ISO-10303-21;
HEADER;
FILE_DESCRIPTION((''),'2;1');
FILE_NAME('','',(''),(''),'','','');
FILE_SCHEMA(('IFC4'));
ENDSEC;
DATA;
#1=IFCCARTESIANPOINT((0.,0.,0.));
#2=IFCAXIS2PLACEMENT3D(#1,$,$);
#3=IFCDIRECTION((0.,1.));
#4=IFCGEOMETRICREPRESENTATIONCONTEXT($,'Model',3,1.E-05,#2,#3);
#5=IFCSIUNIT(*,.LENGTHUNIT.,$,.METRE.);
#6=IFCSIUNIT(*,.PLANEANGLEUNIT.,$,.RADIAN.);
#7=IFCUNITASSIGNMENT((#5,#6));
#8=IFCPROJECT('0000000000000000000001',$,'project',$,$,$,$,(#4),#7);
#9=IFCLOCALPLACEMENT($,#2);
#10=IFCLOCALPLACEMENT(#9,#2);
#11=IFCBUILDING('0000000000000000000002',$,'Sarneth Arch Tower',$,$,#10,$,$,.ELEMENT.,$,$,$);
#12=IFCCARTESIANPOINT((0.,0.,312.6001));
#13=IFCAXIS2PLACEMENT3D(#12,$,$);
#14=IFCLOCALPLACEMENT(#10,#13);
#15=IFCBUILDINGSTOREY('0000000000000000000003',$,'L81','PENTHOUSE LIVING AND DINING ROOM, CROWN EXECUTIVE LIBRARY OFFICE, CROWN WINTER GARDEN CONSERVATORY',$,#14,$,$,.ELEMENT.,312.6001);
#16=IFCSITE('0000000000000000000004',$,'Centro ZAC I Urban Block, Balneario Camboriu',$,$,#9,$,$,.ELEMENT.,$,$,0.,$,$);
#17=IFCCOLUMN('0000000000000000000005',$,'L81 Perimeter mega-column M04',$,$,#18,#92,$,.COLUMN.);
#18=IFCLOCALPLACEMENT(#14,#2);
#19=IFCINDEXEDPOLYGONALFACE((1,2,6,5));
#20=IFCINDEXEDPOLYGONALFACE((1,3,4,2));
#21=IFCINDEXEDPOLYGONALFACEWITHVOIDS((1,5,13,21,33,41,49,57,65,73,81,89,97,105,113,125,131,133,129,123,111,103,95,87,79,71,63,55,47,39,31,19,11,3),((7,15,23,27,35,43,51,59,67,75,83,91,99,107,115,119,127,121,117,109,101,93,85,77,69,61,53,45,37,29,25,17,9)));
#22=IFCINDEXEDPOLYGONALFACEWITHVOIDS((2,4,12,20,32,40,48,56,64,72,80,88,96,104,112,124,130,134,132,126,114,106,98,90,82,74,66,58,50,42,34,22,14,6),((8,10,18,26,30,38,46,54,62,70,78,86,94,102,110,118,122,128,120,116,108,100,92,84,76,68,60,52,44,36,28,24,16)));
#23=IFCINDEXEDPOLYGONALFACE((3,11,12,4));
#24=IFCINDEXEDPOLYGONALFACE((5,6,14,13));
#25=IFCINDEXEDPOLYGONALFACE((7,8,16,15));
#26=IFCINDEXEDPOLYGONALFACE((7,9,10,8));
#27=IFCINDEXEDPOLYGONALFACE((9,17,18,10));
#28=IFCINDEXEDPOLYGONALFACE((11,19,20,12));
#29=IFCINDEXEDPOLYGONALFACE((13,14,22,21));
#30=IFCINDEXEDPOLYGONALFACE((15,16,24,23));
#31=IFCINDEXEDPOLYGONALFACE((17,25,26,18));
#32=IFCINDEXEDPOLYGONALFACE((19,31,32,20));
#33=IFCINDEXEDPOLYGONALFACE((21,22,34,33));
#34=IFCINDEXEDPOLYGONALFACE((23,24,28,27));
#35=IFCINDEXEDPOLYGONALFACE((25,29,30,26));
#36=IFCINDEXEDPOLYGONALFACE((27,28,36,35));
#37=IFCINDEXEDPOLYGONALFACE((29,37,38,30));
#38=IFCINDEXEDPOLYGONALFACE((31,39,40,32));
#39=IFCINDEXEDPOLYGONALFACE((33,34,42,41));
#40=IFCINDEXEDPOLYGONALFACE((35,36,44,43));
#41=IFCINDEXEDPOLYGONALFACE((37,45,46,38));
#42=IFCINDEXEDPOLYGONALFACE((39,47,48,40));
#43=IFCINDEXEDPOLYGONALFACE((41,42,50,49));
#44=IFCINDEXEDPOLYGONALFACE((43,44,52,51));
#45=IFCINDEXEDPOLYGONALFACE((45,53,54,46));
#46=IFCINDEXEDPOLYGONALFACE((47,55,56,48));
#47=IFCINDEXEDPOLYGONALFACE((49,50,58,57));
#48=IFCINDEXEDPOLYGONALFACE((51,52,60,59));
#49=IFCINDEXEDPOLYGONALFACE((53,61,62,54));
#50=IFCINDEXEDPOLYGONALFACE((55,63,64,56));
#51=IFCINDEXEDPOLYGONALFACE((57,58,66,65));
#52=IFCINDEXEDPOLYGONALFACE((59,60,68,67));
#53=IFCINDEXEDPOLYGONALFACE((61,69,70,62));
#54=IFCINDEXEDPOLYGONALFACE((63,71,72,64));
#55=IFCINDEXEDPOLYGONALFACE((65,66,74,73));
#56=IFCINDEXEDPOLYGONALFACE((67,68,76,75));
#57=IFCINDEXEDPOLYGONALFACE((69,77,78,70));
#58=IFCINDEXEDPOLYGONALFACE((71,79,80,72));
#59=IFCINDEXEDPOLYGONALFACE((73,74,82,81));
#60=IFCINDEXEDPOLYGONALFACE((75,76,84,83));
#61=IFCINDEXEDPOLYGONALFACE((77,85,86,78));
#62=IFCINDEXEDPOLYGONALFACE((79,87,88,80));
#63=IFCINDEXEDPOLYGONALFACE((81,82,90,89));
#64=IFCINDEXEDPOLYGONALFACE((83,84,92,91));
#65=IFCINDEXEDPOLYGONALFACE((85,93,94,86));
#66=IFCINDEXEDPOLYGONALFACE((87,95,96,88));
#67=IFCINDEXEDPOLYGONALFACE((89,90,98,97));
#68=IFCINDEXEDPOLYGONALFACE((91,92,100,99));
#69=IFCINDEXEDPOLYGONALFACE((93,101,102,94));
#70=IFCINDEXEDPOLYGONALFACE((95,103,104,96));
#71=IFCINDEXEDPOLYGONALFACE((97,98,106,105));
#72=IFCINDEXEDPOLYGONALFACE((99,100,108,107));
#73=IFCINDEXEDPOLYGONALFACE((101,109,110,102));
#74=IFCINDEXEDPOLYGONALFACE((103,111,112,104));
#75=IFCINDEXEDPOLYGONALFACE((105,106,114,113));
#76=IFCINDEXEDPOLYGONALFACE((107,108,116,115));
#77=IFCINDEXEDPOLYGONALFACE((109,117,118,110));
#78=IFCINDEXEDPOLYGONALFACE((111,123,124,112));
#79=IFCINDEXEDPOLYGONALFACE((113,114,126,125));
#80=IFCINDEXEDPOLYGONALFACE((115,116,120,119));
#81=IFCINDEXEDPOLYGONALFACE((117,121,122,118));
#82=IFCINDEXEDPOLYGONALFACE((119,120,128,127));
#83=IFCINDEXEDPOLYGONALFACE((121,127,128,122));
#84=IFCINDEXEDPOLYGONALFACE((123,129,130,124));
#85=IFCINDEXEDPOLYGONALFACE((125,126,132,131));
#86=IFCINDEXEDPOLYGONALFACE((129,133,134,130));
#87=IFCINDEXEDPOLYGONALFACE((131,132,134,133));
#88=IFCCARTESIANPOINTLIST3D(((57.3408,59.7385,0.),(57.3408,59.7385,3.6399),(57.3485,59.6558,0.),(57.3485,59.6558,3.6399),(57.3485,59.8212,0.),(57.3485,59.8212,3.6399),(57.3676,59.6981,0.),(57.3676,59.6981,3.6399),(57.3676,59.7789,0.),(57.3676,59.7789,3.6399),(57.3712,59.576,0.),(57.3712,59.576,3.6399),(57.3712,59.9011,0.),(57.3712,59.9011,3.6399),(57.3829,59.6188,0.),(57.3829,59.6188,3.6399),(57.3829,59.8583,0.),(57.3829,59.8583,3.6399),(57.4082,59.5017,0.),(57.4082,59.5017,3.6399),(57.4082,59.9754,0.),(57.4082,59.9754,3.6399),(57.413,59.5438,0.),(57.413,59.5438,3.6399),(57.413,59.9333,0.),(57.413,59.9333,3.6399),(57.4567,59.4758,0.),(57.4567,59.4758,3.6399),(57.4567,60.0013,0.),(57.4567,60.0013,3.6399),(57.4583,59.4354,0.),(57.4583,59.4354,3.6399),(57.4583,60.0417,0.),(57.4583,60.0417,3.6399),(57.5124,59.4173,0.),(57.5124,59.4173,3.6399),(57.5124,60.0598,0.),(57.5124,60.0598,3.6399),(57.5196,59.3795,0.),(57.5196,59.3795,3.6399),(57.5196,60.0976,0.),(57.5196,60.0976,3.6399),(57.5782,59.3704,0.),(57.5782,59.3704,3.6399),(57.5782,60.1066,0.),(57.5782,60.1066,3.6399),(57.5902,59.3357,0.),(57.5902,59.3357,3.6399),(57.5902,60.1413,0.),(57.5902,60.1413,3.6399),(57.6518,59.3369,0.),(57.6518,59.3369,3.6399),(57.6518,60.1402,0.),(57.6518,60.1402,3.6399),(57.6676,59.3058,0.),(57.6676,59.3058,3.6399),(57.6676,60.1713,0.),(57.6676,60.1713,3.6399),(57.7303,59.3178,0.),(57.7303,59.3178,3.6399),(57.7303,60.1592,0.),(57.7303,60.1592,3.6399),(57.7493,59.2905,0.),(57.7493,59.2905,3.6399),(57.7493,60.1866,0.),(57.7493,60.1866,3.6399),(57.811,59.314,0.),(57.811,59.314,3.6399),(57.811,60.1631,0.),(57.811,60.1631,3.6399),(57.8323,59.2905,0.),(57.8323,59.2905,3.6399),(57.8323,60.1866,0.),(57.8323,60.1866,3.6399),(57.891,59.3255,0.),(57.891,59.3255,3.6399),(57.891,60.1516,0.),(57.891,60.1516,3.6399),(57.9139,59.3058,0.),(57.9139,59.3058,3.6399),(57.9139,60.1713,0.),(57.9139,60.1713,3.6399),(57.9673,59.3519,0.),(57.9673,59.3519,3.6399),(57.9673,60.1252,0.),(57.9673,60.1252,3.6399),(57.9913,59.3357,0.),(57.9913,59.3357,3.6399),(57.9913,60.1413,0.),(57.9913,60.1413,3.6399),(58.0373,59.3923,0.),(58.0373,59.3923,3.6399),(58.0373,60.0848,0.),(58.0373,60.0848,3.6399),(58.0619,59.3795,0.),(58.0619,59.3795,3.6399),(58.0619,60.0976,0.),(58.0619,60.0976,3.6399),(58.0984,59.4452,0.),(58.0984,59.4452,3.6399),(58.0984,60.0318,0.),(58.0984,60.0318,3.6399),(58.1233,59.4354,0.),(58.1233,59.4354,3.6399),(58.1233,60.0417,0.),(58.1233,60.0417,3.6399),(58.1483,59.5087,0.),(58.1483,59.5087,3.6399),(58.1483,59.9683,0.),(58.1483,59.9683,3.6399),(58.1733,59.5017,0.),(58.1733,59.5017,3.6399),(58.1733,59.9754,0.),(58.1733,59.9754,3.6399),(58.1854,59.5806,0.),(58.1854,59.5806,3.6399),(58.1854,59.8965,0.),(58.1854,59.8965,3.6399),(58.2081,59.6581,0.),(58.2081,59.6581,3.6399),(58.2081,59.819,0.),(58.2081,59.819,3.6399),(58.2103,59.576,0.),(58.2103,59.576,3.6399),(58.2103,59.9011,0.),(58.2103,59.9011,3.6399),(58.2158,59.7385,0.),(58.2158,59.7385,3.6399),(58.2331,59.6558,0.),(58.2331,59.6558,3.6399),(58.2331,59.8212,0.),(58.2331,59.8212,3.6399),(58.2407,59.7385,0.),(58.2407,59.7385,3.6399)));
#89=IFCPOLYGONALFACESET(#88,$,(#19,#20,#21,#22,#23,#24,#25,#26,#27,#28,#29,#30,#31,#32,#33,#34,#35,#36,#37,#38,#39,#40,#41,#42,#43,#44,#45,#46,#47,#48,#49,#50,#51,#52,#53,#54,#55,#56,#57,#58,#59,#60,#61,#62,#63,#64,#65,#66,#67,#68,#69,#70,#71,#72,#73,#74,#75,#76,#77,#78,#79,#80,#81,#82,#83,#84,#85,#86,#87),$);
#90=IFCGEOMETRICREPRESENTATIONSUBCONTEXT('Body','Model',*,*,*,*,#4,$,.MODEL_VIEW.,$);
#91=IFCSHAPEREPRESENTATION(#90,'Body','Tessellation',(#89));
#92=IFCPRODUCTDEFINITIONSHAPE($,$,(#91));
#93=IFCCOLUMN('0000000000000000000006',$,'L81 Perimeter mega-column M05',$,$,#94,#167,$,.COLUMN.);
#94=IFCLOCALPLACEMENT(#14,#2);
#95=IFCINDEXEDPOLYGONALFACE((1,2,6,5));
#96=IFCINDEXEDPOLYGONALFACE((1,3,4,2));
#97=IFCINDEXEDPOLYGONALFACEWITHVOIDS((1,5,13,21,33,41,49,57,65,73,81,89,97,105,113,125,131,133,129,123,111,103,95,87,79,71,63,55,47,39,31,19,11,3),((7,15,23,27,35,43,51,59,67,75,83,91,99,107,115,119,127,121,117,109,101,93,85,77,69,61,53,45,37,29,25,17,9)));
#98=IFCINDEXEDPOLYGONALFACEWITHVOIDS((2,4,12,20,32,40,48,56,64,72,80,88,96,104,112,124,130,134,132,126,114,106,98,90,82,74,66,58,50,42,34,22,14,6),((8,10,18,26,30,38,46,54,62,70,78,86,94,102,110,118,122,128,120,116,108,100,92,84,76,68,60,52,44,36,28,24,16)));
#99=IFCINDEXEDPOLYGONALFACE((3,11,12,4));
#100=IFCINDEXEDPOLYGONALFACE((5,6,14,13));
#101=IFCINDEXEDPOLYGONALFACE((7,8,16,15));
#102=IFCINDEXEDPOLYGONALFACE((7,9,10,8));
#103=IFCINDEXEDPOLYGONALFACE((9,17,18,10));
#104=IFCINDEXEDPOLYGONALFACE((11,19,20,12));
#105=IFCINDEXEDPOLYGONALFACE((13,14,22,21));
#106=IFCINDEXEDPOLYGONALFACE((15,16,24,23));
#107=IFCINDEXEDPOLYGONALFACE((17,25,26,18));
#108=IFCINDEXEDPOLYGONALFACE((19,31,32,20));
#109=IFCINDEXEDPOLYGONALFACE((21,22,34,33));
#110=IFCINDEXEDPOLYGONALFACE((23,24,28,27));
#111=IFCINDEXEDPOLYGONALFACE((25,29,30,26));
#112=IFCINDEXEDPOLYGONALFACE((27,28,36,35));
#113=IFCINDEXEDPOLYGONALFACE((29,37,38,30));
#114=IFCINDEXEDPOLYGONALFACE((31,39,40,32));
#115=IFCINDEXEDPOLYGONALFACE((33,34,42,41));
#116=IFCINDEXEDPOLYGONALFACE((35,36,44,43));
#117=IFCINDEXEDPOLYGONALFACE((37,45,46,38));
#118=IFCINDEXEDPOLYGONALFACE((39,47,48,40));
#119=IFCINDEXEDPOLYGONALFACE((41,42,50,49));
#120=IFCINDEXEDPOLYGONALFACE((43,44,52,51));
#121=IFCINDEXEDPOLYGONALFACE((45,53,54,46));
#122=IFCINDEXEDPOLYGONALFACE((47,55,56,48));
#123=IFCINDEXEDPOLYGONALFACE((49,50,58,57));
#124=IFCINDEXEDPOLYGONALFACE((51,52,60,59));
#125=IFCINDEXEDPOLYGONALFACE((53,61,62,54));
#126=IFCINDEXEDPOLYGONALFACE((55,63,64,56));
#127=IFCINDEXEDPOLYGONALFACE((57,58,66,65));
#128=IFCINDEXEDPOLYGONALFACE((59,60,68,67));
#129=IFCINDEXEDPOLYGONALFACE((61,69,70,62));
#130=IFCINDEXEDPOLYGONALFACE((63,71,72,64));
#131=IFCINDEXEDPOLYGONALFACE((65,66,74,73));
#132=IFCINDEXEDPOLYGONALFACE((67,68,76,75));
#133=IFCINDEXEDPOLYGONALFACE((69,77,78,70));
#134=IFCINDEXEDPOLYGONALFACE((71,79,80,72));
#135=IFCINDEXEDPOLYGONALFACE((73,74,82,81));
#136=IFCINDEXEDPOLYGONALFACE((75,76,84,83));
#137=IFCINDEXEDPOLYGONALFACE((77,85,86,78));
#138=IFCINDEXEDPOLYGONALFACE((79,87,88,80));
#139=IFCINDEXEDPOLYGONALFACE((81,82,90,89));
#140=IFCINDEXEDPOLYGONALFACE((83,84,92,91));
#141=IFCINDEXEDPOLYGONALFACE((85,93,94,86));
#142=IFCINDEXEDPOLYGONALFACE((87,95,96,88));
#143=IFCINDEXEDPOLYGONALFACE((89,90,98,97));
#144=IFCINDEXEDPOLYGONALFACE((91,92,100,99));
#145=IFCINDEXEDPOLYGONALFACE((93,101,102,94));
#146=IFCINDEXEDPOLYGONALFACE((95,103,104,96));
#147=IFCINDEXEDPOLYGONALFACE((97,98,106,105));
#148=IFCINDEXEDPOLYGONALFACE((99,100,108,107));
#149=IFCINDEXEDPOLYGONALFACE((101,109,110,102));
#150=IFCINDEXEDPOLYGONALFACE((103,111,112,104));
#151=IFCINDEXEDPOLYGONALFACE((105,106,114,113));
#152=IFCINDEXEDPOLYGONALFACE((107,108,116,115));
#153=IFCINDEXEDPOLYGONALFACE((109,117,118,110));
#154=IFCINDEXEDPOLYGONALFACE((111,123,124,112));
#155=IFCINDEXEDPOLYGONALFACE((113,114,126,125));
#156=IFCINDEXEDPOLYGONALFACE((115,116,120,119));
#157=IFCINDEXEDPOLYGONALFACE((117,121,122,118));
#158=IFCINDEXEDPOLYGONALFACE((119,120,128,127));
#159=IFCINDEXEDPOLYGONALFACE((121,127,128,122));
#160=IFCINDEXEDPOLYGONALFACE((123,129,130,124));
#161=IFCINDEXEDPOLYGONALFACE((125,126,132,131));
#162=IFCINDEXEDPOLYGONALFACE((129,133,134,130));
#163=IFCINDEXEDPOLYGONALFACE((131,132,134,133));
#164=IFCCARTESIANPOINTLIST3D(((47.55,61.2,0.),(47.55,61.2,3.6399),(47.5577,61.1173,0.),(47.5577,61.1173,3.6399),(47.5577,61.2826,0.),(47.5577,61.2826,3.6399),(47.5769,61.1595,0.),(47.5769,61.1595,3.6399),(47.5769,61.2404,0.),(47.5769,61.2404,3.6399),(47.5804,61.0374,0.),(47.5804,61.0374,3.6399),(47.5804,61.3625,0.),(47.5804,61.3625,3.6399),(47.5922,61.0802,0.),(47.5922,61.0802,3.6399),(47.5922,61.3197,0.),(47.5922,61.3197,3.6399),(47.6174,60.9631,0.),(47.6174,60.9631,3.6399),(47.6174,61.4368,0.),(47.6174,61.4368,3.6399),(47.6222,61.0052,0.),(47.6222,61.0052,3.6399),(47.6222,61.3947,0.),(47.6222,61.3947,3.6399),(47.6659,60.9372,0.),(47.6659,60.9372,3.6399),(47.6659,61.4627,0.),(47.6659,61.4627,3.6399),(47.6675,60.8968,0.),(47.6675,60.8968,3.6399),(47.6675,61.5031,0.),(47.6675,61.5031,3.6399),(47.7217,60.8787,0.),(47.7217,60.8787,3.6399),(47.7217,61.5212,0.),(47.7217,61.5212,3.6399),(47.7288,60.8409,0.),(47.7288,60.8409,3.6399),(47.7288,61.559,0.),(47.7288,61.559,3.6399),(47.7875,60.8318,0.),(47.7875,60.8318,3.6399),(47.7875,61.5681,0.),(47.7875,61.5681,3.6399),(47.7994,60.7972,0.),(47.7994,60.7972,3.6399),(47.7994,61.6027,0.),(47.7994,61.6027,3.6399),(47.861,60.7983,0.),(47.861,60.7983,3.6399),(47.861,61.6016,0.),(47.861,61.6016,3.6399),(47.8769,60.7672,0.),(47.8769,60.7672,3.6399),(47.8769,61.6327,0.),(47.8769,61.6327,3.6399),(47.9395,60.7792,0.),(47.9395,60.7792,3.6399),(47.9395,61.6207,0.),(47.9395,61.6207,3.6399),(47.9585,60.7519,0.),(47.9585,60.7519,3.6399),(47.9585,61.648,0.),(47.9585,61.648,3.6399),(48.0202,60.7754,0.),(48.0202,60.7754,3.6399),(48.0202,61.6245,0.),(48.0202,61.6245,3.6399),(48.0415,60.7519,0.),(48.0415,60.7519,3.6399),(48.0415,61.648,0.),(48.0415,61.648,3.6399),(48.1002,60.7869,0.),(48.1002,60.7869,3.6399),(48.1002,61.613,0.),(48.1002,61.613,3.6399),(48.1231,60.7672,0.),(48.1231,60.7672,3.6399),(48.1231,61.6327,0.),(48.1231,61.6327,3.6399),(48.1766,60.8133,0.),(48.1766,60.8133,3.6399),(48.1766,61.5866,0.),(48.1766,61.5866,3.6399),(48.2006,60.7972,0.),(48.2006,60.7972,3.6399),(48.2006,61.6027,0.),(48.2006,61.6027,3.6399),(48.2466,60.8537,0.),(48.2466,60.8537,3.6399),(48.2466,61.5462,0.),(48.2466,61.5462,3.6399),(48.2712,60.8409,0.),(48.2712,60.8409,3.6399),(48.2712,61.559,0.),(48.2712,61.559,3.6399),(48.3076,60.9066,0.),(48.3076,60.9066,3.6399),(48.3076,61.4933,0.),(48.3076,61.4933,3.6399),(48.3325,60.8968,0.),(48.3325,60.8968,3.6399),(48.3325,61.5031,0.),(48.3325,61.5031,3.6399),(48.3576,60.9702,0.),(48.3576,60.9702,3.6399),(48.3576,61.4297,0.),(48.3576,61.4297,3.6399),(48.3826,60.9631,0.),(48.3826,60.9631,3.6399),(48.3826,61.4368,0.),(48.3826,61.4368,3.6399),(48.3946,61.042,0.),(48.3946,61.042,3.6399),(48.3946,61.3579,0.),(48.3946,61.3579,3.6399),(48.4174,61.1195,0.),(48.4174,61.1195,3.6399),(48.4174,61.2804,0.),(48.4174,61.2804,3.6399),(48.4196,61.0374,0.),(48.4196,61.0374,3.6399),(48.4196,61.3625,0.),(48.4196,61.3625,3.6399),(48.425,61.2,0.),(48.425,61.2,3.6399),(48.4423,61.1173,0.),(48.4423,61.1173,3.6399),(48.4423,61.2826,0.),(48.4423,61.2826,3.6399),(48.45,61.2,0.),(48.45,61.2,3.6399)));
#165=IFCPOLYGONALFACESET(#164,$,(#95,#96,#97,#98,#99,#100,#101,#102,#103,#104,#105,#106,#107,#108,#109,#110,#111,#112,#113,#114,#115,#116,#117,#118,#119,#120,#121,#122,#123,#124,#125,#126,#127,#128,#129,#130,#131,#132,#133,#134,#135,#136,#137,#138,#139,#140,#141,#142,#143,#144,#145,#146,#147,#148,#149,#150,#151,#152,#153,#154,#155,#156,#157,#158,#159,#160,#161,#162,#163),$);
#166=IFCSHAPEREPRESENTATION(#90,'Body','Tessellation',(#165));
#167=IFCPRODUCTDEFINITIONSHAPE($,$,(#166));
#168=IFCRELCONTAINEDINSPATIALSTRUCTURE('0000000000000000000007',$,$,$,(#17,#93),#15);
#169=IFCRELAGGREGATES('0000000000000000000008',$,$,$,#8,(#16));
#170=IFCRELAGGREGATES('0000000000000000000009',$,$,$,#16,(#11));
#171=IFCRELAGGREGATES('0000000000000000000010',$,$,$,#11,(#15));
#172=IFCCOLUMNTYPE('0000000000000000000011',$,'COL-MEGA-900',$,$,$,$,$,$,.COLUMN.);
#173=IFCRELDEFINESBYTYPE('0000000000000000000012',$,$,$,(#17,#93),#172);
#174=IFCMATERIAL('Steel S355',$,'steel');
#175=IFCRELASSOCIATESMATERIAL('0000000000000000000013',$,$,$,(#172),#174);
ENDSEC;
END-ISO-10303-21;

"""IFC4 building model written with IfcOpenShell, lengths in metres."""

from ifc_helpers import new_model, si_unit, direction, frame, origin, origin_2d, place, context, subcontext, project, spatial, hollow_circle, extrude, material, material_profile, profile_set, type_object, element, save


model = new_model("IFC4")

# Units and contexts
model_context = context("Model", 3, precision=1e-05, world=origin(), true_north=direction((0.0, 1.0)))
body_context = subcontext(model_context, "Body", "Model", "MODEL_VIEW")
ifc_project = project(units=[si_unit("LENGTHUNIT", "METRE"), si_unit("PLANEANGLEUNIT", "RADIAN")], contexts=[model_context])

# Site, building, storey
site_placement = place(None, origin())
site = spatial("IfcSite", under=ifc_project, at=site_placement, Name="Centro ZAC I Urban Block, Balneario Camboriu", CompositionType="ELEMENT", RefElevation=0.0)
building_placement = place(site_placement, origin())
building = spatial("IfcBuilding", under=site, at=building_placement, Name="Sarneth Arch Tower", CompositionType="ELEMENT")
storey_placement = place(building_placement, frame((0.0, 0.0, 312.6001)))
storey = spatial("IfcBuildingStorey", under=building, at=storey_placement, Name="L81", Description="PENTHOUSE LIVING AND DINING ROOM, CROWN EXECUTIVE LIBRARY OFFICE, CROWN WINTER GARDEN CONSERVATORY", CompositionType="ELEMENT", Elevation=312.6001)

# Columns
ifc_material_1 = material(Name="Steel S355", Category="steel")
ifc_material_profile_1 = material_profile(ifc_material_1, hollow_circle(Radius=0.45, WallThickness=0.0249, at=origin_2d()), Name="CHS900x25")
ifc_profile_set_1 = profile_set([ifc_material_profile_1], Name="Steel S355")
column_type = type_object("IfcColumnType", Name="COL-MEGA-900", PredefinedType="COLUMN", material=ifc_profile_set_1)
for number, where, z_axis, x_axis, name in (
    (1, (57.7908, 59.7385, 0.0), (0.0, 0.0, 1.0), (1.0, 0.0, 0.0), "L81 Perimeter mega-column M04"),
    (2, (48.0, 61.2, 0.0), (0.0, 0.0, 1.0), (1.0, 0.0, 0.0), "L81 Perimeter mega-column M05"),
):
    element("IfcColumn", number, at=place(storey_placement, frame(where, z_axis=z_axis, x_axis=x_axis)), inside=storey, type_object=column_type, Name=name, PredefinedType="COLUMN", context=body_context, shape_type="SweptSolid", body=[
        extrude(hollow_circle(Radius=0.45, WallThickness=0.0249, at=origin_2d()), origin(), (0.0, 0.0, 1.0), 3.6399),
    ])

save(model, "model.ifc")
